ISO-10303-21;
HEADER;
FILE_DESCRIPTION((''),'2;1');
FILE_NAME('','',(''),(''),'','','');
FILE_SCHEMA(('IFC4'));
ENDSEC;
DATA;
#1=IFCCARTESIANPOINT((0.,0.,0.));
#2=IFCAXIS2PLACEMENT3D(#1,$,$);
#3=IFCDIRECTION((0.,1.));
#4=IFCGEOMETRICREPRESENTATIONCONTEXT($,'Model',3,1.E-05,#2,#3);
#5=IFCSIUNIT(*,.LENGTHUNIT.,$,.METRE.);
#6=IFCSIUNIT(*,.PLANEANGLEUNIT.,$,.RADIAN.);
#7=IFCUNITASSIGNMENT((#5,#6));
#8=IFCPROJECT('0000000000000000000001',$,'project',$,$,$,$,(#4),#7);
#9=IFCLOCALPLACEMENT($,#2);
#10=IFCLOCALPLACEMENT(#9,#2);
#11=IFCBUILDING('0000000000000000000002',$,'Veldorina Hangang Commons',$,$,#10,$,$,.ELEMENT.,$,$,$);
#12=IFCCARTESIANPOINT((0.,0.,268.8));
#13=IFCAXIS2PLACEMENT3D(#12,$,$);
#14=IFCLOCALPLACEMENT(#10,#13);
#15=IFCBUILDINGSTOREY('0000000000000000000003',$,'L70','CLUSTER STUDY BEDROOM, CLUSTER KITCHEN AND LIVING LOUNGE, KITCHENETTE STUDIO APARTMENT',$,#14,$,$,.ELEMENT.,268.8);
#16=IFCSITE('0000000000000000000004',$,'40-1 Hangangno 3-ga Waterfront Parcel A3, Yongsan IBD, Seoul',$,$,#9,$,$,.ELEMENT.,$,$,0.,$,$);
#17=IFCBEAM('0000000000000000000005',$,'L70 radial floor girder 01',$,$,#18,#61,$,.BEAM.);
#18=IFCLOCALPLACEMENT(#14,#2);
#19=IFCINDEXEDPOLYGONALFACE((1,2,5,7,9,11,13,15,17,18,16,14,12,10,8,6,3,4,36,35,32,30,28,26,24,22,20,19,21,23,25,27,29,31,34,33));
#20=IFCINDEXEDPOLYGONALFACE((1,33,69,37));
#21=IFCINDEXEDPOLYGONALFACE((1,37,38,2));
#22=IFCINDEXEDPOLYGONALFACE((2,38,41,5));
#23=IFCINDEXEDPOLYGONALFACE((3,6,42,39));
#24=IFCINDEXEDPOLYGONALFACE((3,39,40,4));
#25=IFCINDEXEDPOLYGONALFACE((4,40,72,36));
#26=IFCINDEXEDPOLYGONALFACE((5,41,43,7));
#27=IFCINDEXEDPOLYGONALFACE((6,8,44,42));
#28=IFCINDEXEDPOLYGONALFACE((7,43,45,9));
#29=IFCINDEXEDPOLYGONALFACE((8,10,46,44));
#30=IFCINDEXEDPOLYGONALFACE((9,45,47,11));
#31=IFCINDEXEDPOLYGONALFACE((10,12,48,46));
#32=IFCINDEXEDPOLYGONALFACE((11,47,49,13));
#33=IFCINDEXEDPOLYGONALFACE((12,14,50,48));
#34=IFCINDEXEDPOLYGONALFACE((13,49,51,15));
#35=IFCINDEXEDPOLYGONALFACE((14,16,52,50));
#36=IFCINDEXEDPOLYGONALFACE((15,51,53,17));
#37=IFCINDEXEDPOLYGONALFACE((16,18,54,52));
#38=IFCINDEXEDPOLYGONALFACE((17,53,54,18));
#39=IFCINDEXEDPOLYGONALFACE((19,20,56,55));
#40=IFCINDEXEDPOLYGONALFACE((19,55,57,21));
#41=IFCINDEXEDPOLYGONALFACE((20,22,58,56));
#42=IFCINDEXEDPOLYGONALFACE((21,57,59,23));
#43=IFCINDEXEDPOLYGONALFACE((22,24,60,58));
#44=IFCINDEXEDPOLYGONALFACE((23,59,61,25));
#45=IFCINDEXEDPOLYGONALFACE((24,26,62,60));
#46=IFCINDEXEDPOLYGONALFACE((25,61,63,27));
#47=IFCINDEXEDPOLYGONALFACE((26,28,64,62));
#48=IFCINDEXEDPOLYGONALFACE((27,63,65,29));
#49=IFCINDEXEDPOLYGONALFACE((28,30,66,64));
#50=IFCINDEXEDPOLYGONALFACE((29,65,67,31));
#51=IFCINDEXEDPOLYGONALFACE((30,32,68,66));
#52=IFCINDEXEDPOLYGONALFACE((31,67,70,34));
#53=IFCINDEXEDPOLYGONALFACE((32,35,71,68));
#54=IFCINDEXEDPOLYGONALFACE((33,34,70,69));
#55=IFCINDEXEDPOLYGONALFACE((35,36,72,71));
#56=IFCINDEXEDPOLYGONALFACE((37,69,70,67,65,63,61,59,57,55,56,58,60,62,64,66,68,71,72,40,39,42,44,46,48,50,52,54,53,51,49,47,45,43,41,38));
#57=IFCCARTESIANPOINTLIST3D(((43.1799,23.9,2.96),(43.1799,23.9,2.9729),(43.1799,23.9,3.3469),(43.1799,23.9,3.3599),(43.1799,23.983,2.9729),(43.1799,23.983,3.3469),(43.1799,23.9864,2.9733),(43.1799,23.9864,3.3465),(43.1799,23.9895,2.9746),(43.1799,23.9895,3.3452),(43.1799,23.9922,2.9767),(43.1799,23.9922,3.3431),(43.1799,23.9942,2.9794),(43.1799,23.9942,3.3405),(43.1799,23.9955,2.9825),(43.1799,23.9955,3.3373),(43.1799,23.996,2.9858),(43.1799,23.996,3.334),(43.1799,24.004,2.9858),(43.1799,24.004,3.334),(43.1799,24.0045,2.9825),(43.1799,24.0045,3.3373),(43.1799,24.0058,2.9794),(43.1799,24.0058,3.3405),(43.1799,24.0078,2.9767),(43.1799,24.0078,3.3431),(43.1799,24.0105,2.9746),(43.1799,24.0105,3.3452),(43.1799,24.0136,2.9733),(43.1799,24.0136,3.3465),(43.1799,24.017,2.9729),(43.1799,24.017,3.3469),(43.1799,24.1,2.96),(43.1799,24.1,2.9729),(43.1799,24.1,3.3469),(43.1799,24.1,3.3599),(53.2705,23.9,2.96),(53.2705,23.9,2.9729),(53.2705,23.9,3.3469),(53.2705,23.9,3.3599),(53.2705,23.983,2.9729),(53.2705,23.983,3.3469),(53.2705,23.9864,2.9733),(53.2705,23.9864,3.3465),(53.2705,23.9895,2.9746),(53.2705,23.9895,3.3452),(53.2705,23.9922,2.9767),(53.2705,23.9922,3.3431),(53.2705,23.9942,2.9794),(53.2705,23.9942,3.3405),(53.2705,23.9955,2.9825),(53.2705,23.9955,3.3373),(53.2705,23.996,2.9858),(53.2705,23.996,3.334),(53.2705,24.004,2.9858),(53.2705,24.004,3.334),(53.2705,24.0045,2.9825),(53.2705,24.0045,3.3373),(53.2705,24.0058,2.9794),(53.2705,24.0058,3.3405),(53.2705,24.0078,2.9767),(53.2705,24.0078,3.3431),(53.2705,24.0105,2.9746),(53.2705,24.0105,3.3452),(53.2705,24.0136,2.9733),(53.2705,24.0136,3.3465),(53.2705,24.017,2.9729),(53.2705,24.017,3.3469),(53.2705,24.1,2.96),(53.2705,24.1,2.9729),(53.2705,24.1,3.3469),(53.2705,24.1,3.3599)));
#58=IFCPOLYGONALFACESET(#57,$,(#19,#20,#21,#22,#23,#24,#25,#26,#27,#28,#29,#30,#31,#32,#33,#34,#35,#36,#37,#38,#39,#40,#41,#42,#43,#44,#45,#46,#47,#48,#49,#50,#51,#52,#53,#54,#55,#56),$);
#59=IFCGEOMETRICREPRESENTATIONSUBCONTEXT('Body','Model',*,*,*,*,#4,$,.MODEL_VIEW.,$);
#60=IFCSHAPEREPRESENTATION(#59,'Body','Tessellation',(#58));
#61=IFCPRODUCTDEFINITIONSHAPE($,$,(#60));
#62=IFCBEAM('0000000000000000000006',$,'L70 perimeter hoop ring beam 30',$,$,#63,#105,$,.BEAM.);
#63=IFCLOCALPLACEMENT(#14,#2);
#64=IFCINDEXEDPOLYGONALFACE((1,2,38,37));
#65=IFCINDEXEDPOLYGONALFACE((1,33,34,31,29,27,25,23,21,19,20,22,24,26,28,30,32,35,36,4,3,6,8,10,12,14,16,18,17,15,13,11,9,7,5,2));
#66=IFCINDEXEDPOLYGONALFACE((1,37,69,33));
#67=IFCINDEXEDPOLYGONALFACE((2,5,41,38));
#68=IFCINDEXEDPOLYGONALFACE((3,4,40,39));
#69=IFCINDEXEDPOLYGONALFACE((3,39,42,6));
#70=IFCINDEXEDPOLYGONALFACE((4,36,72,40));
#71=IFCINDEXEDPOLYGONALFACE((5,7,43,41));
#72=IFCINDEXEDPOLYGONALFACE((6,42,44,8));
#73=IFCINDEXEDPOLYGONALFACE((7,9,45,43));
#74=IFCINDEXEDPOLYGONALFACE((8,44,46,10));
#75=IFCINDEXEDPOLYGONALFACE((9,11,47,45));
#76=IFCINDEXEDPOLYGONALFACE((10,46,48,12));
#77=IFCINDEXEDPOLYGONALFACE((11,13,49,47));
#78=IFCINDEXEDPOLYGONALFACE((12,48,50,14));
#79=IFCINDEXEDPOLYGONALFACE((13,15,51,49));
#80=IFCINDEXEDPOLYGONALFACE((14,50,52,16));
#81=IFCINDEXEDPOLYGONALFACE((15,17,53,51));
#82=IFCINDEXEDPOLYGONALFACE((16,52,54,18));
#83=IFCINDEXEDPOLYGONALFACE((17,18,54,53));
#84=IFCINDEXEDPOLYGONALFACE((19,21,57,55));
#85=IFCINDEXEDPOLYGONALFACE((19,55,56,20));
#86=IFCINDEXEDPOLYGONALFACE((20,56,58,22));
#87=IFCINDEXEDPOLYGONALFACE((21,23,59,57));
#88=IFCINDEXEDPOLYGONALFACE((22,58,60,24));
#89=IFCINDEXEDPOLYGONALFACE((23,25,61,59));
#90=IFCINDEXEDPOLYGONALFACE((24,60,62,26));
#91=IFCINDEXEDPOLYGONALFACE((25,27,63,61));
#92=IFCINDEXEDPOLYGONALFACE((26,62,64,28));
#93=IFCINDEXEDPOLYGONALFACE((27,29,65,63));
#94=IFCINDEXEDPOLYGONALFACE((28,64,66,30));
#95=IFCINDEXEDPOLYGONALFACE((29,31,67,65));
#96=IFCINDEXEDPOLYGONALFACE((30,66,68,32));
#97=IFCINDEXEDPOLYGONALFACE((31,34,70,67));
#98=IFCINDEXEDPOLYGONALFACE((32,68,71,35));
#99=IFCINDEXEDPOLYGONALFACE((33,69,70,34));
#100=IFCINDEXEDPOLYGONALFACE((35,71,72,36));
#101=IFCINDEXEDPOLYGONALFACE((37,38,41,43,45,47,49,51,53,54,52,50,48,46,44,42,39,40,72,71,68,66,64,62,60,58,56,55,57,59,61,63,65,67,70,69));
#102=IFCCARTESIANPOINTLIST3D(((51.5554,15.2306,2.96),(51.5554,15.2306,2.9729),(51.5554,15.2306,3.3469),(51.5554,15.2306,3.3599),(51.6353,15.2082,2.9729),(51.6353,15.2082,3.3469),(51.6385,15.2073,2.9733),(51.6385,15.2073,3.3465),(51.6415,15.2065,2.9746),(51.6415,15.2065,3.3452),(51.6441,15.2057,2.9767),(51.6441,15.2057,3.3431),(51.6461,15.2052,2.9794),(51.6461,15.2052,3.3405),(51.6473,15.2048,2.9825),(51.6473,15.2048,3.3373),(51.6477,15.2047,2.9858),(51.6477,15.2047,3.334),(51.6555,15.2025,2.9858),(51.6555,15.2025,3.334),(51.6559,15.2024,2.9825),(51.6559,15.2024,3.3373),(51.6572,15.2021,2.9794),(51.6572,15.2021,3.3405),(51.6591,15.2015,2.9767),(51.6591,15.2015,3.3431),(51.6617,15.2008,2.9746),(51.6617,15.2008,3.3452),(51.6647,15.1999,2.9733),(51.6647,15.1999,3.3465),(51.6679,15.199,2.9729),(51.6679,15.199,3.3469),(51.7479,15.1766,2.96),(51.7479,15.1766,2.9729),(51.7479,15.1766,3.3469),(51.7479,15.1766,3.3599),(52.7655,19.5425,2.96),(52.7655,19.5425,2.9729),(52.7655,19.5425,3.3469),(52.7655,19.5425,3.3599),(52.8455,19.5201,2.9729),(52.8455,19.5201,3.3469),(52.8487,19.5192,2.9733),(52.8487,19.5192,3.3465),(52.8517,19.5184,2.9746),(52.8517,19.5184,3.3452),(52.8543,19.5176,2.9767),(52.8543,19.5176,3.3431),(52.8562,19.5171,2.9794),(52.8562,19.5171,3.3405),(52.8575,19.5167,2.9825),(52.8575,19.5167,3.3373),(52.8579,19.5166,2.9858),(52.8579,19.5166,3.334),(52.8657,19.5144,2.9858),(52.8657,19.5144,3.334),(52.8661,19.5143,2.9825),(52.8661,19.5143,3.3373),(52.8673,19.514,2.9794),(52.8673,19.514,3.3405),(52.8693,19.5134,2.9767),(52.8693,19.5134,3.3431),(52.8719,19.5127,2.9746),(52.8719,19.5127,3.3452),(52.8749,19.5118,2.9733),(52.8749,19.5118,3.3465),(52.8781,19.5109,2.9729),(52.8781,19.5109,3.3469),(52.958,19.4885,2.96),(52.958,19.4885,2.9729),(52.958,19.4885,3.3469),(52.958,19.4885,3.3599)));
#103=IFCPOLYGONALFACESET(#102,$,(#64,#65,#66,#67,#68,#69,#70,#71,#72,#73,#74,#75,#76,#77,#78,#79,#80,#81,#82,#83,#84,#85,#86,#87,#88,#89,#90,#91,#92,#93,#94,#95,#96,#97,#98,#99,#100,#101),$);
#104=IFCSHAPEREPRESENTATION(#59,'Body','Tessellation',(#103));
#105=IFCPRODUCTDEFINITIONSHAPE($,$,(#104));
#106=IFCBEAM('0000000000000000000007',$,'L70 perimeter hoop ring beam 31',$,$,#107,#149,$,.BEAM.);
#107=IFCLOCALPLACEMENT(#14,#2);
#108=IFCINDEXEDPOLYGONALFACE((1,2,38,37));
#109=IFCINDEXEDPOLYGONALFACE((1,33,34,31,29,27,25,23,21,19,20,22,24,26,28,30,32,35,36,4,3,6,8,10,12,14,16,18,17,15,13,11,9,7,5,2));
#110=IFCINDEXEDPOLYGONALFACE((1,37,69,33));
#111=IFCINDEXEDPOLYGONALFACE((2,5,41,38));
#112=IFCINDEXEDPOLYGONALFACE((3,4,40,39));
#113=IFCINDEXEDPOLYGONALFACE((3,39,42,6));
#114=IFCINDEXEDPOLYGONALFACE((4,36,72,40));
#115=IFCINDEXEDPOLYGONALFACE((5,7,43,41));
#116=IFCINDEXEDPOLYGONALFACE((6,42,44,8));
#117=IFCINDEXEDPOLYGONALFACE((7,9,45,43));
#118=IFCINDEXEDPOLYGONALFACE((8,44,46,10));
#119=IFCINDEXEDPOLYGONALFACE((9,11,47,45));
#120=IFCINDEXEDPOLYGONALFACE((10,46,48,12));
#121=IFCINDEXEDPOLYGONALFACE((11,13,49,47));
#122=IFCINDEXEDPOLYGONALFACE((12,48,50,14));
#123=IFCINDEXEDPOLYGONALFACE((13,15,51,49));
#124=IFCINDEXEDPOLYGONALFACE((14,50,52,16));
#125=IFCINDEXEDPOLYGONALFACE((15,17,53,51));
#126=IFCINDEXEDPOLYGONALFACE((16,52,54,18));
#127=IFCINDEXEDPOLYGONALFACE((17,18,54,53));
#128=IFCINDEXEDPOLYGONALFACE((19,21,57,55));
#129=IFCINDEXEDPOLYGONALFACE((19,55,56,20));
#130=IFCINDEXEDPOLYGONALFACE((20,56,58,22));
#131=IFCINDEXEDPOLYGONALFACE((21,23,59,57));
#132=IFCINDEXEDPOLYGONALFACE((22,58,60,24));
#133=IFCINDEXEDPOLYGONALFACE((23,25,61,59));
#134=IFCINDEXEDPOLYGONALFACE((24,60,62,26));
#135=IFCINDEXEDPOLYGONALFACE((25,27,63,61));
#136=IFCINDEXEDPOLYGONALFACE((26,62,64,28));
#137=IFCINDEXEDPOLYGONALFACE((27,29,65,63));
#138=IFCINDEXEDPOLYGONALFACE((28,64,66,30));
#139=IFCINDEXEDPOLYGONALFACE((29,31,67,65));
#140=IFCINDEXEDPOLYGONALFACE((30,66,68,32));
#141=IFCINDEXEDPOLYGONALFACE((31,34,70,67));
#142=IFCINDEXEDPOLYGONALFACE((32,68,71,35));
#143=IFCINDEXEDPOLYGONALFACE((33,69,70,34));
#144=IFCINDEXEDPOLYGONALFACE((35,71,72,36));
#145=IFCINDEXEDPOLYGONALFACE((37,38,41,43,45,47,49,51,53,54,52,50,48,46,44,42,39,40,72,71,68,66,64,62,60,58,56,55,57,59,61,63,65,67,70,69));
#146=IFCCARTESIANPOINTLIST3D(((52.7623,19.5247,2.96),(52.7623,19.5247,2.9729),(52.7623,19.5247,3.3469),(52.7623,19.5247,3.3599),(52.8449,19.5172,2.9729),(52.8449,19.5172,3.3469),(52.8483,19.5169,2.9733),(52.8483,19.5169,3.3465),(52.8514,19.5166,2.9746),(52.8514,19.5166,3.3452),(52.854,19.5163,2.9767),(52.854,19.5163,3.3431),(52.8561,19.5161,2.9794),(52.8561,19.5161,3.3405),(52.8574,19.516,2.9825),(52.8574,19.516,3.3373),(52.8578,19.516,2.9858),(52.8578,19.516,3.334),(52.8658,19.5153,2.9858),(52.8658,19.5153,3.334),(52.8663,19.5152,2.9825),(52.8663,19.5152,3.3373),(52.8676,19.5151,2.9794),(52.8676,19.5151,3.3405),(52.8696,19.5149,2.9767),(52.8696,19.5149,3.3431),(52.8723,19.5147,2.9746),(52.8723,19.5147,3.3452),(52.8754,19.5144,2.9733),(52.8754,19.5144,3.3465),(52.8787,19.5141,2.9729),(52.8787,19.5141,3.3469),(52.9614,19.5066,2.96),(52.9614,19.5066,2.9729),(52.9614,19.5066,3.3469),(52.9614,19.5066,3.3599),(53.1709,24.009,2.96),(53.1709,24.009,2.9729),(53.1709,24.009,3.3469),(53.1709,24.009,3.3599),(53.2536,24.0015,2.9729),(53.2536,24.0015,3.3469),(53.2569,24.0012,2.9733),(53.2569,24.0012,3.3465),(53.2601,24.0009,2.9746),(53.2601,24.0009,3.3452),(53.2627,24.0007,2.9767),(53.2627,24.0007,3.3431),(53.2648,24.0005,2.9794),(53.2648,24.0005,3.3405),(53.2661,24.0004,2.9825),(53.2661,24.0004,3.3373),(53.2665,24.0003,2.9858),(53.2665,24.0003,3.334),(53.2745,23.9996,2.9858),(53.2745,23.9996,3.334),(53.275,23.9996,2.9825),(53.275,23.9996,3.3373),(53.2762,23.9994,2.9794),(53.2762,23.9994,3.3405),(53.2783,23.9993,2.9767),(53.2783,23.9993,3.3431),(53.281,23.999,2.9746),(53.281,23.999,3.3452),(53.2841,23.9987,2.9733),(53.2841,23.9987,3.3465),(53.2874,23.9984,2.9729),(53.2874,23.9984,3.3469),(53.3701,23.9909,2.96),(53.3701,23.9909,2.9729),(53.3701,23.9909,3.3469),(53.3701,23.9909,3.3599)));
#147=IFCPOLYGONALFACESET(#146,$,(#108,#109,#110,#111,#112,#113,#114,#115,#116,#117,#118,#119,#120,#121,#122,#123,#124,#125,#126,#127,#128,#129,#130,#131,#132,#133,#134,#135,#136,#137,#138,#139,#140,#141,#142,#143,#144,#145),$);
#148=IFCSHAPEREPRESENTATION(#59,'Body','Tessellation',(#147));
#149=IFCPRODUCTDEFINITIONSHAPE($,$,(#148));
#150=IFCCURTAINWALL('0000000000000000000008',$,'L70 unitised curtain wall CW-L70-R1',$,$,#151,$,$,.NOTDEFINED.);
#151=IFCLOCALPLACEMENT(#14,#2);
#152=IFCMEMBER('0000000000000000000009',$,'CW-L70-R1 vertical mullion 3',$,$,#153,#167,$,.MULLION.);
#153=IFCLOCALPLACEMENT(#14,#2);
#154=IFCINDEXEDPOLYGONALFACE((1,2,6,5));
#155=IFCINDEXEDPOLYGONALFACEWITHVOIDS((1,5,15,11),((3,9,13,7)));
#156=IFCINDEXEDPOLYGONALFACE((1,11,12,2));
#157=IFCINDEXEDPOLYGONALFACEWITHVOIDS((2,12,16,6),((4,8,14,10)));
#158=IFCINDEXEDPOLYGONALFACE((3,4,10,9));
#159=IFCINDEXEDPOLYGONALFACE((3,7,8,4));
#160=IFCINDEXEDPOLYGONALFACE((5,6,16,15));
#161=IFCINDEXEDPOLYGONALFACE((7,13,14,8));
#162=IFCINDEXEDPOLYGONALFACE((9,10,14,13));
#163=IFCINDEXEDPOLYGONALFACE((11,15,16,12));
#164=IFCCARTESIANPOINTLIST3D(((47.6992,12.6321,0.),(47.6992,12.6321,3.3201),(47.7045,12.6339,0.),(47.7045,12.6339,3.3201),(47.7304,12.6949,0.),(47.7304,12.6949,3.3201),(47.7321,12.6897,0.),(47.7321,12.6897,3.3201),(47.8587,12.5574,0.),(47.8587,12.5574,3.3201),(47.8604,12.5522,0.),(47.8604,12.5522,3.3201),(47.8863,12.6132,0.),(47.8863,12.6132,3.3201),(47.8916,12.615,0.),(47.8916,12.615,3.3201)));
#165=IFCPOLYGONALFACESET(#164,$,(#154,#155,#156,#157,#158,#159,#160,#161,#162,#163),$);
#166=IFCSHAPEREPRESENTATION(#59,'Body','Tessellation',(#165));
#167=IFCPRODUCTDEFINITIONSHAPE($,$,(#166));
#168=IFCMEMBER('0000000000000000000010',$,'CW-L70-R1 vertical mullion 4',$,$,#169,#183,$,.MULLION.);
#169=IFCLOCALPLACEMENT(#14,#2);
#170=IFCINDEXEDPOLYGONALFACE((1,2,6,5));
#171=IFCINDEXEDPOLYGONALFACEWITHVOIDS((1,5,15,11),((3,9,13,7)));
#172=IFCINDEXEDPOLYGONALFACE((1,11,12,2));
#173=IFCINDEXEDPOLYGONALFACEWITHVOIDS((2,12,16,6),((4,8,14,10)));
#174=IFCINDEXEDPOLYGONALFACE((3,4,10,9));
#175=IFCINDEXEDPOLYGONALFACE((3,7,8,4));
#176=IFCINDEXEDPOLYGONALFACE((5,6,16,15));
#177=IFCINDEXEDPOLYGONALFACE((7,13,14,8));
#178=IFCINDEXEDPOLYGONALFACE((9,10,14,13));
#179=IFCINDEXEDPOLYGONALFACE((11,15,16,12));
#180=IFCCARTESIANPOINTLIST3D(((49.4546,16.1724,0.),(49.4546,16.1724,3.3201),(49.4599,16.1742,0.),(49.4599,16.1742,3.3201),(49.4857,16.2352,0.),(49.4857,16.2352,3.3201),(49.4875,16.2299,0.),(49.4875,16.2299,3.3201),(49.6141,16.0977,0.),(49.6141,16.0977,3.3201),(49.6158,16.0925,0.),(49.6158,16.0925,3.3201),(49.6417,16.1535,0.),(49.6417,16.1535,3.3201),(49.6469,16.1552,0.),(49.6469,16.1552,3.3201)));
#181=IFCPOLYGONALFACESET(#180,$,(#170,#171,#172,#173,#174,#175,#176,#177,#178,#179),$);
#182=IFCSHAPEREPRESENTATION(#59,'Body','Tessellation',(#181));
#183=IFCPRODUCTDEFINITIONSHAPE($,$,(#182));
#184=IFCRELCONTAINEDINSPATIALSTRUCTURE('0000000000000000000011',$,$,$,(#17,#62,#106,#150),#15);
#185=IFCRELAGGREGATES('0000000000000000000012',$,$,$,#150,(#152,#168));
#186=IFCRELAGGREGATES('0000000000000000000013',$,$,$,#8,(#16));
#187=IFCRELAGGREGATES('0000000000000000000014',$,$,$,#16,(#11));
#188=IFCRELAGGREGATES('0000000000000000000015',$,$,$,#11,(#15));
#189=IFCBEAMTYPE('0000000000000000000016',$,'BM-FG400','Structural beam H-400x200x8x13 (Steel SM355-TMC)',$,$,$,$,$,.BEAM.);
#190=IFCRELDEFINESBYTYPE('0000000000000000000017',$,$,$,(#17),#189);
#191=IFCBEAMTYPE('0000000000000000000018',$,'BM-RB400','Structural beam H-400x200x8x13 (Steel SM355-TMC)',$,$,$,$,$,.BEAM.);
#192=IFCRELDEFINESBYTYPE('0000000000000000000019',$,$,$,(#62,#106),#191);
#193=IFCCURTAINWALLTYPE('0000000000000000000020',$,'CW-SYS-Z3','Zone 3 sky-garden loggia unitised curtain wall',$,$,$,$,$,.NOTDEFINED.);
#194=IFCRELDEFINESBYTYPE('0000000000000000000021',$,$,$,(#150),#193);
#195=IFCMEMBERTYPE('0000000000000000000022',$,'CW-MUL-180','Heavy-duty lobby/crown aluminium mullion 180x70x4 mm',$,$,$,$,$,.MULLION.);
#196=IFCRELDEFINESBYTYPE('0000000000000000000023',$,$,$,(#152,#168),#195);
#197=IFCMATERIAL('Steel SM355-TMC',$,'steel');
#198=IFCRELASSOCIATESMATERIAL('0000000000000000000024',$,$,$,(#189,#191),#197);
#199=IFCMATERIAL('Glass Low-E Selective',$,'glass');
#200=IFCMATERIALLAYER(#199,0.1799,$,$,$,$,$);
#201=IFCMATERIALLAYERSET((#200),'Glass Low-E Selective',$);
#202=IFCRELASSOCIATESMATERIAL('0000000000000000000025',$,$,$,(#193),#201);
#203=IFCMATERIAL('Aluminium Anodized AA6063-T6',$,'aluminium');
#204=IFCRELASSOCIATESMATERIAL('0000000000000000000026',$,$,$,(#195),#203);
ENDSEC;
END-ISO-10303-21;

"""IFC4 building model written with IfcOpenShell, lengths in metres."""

from ifc_helpers import new_model, si_unit, direction, frame, origin, origin_2d, place, context, subcontext, project, spatial, hollow_rectangle, i_section, extrude, material, layer, layer_set, material_profile, profile_set, type_object, element, aggregate, save


model = new_model("IFC4")

# Units and contexts
model_context = context("Model", 3, precision=1e-05, world=origin(), true_north=direction((0.0, 1.0)))
body_context = subcontext(model_context, "Body", "Model", "MODEL_VIEW")
ifc_project = project(units=[si_unit("LENGTHUNIT", "METRE"), si_unit("PLANEANGLEUNIT", "RADIAN")], contexts=[model_context])

# Site, building, storey
site_placement = place(None, origin())
site = spatial("IfcSite", under=ifc_project, at=site_placement, Name="40-1 Hangangno 3-ga Waterfront Parcel A3, Yongsan IBD, Seoul", CompositionType="ELEMENT", RefElevation=0.0)
building_placement = place(site_placement, origin())
building = spatial("IfcBuilding", under=site, at=building_placement, Name="Veldorina Hangang Commons", CompositionType="ELEMENT")
storey_placement = place(building_placement, frame((0.0, 0.0, 268.8)))
storey = spatial("IfcBuildingStorey", under=building, at=storey_placement, Name="L70", Description="CLUSTER STUDY BEDROOM, CLUSTER KITCHEN AND LIVING LOUNGE, KITCHENETTE STUDIO APARTMENT", CompositionType="ELEMENT", Elevation=268.8)

# Beams
ifc_material_1 = material(Name="Steel SM355-TMC", Category="steel")
ifc_material_profile_1 = material_profile(ifc_material_1, i_section(OverallWidth=0.2, OverallDepth=0.3999, WebThickness=0.0081, FlangeThickness=0.0129, FilletRadius=0.0129, at=origin_2d()), Name="H-400x200x8x13")
ifc_profile_set_1 = profile_set([ifc_material_profile_1], Name="Steel SM355-TMC")
beam_type_1 = type_object("IfcBeamType", Name="BM-FG400", Description="Structural beam H-400x200x8x13 (Steel SM355-TMC)", PredefinedType="BEAM", material=ifc_profile_set_1)
beam_1_placement = place(storey_placement, frame((43.1799, 24.0, 3.1599), z_axis=(1.0, 0.0, 0.0), x_axis=(0.0, 1.0, 0.0)))
element("IfcBeam", 1, at=beam_1_placement, inside=storey, type_object=beam_type_1, Name="L70 radial floor girder 01", PredefinedType="BEAM", context=body_context, shape_type="SweptSolid", body=[
    extrude(i_section(OverallWidth=0.2, OverallDepth=0.3999, WebThickness=0.0081, FlangeThickness=0.0129, FilletRadius=0.0129, at=origin_2d()), origin(), (0.0, 0.0, 1.0), 10.0906),
])
ifc_material_profile_2 = material_profile(ifc_material_1, i_section(OverallWidth=0.2, OverallDepth=0.3999, WebThickness=0.0081, FlangeThickness=0.0129, FilletRadius=0.0129, at=origin_2d()), Name="H-400x200x8x13")
ifc_profile_set_2 = profile_set([ifc_material_profile_2], Name="Steel SM355-TMC")
beam_type_2 = type_object("IfcBeamType", Name="BM-RB400", Description="Structural beam H-400x200x8x13 (Steel SM355-TMC)", PredefinedType="BEAM", material=ifc_profile_set_2)
beam_2_placement = place(storey_placement, frame((51.6516, 15.2036, 3.1599), z_axis=(0.270218, 0.962799, 0.0), x_axis=(-0.962799, 0.270218, 0.0)))
element("IfcBeam", 2, at=beam_2_placement, inside=storey, type_object=beam_type_2, Name="L70 perimeter hoop ring beam 30", PredefinedType="BEAM", context=body_context, shape_type="SweptSolid", body=[
    extrude(i_section(OverallWidth=0.2, OverallDepth=0.3999, WebThickness=0.0081, FlangeThickness=0.0129, FilletRadius=0.0129, at=origin_2d()), origin(), (0.0, 0.0, 1.0), 4.4785),
])
beam_3_placement = place(storey_placement, frame((52.8618, 19.5156, 3.1599), z_axis=(0.090761, 0.995873, 0.0), x_axis=(-0.995873, 0.090761, 0.0)))
element("IfcBeam", 3, at=beam_3_placement, inside=storey, type_object=beam_type_2, Name="L70 perimeter hoop ring beam 31", PredefinedType="BEAM", context=body_context, shape_type="SweptSolid", body=[
    extrude(i_section(OverallWidth=0.2, OverallDepth=0.3999, WebThickness=0.0081, FlangeThickness=0.0129, FilletRadius=0.0129, at=origin_2d()), origin(), (0.0, 0.0, 1.0), 4.5029),
])

# Curtain wall, members
ifc_material_2 = material(Name="Glass Low-E Selective", Category="glass")
ifc_layer_1 = layer(ifc_material_2, 0.1799)
ifc_layer_set_1 = layer_set([ifc_layer_1], Name="Glass Low-E Selective")
curtain_wall_type = type_object("IfcCurtainWallType", Name="CW-SYS-Z3", Description="Zone 3 sky-garden loggia unitised curtain wall", PredefinedType="NOTDEFINED", material=ifc_layer_set_1)
curtain_wall_1_placement = place(storey_placement, origin())
curtain_wall_1 = element("IfcCurtainWall", 4, at=curtain_wall_1_placement, inside=storey, type_object=curtain_wall_type, Name="L70 unitised curtain wall CW-L70-R1", PredefinedType="NOTDEFINED")
ifc_material_3 = material(Name="Aluminium Anodized AA6063-T6", Category="aluminium")
ifc_material_profile_3 = material_profile(ifc_material_3, hollow_rectangle(XDim=0.0701, YDim=0.1799, WallThickness=0.0039, at=origin_2d()), Name="ALU-RHS-180x70x4")
ifc_profile_set_3 = profile_set([ifc_material_profile_3], Name="Aluminium Anodized AA6063-T6")
member_type_1 = type_object("IfcMemberType", Name="CW-MUL-180", Description="Heavy-duty lobby/crown aluminium mullion 180x70x4 mm", PredefinedType="MULLION", material=ifc_profile_set_3)
member_1_placement = place(storey_placement, frame((47.7954, 12.6235, 0.0), z_axis=(0.0, 0.0, 1.0), x_axis=(0.44426, 0.895898, 0.0)))
member_1 = element("IfcMember", 5, at=member_1_placement, type_object=member_type_1, Name="CW-L70-R1 vertical mullion 3", PredefinedType="MULLION", context=body_context, shape_type="SweptSolid", body=[
    extrude(hollow_rectangle(XDim=0.0701, YDim=0.1799, WallThickness=0.0039, at=origin_2d()), origin(), (0.0, 0.0, 1.0), 3.3201),
])
member_2_placement = place(storey_placement, frame((49.5508, 16.1638, 0.0), z_axis=(0.0, 0.0, 1.0), x_axis=(-0.44426, -0.895898, 0.0)))
member_2 = element("IfcMember", 6, at=member_2_placement, type_object=member_type_1, Name="CW-L70-R1 vertical mullion 4", PredefinedType="MULLION", context=body_context, shape_type="SweptSolid", body=[
    extrude(hollow_rectangle(XDim=0.0701, YDim=0.1799, WallThickness=0.0039, at=origin_2d()), origin(), (0.0, 0.0, 1.0), 3.3201),
])

aggregate(curtain_wall_1, [member_1, member_2])

save(model, "model.ifc")
